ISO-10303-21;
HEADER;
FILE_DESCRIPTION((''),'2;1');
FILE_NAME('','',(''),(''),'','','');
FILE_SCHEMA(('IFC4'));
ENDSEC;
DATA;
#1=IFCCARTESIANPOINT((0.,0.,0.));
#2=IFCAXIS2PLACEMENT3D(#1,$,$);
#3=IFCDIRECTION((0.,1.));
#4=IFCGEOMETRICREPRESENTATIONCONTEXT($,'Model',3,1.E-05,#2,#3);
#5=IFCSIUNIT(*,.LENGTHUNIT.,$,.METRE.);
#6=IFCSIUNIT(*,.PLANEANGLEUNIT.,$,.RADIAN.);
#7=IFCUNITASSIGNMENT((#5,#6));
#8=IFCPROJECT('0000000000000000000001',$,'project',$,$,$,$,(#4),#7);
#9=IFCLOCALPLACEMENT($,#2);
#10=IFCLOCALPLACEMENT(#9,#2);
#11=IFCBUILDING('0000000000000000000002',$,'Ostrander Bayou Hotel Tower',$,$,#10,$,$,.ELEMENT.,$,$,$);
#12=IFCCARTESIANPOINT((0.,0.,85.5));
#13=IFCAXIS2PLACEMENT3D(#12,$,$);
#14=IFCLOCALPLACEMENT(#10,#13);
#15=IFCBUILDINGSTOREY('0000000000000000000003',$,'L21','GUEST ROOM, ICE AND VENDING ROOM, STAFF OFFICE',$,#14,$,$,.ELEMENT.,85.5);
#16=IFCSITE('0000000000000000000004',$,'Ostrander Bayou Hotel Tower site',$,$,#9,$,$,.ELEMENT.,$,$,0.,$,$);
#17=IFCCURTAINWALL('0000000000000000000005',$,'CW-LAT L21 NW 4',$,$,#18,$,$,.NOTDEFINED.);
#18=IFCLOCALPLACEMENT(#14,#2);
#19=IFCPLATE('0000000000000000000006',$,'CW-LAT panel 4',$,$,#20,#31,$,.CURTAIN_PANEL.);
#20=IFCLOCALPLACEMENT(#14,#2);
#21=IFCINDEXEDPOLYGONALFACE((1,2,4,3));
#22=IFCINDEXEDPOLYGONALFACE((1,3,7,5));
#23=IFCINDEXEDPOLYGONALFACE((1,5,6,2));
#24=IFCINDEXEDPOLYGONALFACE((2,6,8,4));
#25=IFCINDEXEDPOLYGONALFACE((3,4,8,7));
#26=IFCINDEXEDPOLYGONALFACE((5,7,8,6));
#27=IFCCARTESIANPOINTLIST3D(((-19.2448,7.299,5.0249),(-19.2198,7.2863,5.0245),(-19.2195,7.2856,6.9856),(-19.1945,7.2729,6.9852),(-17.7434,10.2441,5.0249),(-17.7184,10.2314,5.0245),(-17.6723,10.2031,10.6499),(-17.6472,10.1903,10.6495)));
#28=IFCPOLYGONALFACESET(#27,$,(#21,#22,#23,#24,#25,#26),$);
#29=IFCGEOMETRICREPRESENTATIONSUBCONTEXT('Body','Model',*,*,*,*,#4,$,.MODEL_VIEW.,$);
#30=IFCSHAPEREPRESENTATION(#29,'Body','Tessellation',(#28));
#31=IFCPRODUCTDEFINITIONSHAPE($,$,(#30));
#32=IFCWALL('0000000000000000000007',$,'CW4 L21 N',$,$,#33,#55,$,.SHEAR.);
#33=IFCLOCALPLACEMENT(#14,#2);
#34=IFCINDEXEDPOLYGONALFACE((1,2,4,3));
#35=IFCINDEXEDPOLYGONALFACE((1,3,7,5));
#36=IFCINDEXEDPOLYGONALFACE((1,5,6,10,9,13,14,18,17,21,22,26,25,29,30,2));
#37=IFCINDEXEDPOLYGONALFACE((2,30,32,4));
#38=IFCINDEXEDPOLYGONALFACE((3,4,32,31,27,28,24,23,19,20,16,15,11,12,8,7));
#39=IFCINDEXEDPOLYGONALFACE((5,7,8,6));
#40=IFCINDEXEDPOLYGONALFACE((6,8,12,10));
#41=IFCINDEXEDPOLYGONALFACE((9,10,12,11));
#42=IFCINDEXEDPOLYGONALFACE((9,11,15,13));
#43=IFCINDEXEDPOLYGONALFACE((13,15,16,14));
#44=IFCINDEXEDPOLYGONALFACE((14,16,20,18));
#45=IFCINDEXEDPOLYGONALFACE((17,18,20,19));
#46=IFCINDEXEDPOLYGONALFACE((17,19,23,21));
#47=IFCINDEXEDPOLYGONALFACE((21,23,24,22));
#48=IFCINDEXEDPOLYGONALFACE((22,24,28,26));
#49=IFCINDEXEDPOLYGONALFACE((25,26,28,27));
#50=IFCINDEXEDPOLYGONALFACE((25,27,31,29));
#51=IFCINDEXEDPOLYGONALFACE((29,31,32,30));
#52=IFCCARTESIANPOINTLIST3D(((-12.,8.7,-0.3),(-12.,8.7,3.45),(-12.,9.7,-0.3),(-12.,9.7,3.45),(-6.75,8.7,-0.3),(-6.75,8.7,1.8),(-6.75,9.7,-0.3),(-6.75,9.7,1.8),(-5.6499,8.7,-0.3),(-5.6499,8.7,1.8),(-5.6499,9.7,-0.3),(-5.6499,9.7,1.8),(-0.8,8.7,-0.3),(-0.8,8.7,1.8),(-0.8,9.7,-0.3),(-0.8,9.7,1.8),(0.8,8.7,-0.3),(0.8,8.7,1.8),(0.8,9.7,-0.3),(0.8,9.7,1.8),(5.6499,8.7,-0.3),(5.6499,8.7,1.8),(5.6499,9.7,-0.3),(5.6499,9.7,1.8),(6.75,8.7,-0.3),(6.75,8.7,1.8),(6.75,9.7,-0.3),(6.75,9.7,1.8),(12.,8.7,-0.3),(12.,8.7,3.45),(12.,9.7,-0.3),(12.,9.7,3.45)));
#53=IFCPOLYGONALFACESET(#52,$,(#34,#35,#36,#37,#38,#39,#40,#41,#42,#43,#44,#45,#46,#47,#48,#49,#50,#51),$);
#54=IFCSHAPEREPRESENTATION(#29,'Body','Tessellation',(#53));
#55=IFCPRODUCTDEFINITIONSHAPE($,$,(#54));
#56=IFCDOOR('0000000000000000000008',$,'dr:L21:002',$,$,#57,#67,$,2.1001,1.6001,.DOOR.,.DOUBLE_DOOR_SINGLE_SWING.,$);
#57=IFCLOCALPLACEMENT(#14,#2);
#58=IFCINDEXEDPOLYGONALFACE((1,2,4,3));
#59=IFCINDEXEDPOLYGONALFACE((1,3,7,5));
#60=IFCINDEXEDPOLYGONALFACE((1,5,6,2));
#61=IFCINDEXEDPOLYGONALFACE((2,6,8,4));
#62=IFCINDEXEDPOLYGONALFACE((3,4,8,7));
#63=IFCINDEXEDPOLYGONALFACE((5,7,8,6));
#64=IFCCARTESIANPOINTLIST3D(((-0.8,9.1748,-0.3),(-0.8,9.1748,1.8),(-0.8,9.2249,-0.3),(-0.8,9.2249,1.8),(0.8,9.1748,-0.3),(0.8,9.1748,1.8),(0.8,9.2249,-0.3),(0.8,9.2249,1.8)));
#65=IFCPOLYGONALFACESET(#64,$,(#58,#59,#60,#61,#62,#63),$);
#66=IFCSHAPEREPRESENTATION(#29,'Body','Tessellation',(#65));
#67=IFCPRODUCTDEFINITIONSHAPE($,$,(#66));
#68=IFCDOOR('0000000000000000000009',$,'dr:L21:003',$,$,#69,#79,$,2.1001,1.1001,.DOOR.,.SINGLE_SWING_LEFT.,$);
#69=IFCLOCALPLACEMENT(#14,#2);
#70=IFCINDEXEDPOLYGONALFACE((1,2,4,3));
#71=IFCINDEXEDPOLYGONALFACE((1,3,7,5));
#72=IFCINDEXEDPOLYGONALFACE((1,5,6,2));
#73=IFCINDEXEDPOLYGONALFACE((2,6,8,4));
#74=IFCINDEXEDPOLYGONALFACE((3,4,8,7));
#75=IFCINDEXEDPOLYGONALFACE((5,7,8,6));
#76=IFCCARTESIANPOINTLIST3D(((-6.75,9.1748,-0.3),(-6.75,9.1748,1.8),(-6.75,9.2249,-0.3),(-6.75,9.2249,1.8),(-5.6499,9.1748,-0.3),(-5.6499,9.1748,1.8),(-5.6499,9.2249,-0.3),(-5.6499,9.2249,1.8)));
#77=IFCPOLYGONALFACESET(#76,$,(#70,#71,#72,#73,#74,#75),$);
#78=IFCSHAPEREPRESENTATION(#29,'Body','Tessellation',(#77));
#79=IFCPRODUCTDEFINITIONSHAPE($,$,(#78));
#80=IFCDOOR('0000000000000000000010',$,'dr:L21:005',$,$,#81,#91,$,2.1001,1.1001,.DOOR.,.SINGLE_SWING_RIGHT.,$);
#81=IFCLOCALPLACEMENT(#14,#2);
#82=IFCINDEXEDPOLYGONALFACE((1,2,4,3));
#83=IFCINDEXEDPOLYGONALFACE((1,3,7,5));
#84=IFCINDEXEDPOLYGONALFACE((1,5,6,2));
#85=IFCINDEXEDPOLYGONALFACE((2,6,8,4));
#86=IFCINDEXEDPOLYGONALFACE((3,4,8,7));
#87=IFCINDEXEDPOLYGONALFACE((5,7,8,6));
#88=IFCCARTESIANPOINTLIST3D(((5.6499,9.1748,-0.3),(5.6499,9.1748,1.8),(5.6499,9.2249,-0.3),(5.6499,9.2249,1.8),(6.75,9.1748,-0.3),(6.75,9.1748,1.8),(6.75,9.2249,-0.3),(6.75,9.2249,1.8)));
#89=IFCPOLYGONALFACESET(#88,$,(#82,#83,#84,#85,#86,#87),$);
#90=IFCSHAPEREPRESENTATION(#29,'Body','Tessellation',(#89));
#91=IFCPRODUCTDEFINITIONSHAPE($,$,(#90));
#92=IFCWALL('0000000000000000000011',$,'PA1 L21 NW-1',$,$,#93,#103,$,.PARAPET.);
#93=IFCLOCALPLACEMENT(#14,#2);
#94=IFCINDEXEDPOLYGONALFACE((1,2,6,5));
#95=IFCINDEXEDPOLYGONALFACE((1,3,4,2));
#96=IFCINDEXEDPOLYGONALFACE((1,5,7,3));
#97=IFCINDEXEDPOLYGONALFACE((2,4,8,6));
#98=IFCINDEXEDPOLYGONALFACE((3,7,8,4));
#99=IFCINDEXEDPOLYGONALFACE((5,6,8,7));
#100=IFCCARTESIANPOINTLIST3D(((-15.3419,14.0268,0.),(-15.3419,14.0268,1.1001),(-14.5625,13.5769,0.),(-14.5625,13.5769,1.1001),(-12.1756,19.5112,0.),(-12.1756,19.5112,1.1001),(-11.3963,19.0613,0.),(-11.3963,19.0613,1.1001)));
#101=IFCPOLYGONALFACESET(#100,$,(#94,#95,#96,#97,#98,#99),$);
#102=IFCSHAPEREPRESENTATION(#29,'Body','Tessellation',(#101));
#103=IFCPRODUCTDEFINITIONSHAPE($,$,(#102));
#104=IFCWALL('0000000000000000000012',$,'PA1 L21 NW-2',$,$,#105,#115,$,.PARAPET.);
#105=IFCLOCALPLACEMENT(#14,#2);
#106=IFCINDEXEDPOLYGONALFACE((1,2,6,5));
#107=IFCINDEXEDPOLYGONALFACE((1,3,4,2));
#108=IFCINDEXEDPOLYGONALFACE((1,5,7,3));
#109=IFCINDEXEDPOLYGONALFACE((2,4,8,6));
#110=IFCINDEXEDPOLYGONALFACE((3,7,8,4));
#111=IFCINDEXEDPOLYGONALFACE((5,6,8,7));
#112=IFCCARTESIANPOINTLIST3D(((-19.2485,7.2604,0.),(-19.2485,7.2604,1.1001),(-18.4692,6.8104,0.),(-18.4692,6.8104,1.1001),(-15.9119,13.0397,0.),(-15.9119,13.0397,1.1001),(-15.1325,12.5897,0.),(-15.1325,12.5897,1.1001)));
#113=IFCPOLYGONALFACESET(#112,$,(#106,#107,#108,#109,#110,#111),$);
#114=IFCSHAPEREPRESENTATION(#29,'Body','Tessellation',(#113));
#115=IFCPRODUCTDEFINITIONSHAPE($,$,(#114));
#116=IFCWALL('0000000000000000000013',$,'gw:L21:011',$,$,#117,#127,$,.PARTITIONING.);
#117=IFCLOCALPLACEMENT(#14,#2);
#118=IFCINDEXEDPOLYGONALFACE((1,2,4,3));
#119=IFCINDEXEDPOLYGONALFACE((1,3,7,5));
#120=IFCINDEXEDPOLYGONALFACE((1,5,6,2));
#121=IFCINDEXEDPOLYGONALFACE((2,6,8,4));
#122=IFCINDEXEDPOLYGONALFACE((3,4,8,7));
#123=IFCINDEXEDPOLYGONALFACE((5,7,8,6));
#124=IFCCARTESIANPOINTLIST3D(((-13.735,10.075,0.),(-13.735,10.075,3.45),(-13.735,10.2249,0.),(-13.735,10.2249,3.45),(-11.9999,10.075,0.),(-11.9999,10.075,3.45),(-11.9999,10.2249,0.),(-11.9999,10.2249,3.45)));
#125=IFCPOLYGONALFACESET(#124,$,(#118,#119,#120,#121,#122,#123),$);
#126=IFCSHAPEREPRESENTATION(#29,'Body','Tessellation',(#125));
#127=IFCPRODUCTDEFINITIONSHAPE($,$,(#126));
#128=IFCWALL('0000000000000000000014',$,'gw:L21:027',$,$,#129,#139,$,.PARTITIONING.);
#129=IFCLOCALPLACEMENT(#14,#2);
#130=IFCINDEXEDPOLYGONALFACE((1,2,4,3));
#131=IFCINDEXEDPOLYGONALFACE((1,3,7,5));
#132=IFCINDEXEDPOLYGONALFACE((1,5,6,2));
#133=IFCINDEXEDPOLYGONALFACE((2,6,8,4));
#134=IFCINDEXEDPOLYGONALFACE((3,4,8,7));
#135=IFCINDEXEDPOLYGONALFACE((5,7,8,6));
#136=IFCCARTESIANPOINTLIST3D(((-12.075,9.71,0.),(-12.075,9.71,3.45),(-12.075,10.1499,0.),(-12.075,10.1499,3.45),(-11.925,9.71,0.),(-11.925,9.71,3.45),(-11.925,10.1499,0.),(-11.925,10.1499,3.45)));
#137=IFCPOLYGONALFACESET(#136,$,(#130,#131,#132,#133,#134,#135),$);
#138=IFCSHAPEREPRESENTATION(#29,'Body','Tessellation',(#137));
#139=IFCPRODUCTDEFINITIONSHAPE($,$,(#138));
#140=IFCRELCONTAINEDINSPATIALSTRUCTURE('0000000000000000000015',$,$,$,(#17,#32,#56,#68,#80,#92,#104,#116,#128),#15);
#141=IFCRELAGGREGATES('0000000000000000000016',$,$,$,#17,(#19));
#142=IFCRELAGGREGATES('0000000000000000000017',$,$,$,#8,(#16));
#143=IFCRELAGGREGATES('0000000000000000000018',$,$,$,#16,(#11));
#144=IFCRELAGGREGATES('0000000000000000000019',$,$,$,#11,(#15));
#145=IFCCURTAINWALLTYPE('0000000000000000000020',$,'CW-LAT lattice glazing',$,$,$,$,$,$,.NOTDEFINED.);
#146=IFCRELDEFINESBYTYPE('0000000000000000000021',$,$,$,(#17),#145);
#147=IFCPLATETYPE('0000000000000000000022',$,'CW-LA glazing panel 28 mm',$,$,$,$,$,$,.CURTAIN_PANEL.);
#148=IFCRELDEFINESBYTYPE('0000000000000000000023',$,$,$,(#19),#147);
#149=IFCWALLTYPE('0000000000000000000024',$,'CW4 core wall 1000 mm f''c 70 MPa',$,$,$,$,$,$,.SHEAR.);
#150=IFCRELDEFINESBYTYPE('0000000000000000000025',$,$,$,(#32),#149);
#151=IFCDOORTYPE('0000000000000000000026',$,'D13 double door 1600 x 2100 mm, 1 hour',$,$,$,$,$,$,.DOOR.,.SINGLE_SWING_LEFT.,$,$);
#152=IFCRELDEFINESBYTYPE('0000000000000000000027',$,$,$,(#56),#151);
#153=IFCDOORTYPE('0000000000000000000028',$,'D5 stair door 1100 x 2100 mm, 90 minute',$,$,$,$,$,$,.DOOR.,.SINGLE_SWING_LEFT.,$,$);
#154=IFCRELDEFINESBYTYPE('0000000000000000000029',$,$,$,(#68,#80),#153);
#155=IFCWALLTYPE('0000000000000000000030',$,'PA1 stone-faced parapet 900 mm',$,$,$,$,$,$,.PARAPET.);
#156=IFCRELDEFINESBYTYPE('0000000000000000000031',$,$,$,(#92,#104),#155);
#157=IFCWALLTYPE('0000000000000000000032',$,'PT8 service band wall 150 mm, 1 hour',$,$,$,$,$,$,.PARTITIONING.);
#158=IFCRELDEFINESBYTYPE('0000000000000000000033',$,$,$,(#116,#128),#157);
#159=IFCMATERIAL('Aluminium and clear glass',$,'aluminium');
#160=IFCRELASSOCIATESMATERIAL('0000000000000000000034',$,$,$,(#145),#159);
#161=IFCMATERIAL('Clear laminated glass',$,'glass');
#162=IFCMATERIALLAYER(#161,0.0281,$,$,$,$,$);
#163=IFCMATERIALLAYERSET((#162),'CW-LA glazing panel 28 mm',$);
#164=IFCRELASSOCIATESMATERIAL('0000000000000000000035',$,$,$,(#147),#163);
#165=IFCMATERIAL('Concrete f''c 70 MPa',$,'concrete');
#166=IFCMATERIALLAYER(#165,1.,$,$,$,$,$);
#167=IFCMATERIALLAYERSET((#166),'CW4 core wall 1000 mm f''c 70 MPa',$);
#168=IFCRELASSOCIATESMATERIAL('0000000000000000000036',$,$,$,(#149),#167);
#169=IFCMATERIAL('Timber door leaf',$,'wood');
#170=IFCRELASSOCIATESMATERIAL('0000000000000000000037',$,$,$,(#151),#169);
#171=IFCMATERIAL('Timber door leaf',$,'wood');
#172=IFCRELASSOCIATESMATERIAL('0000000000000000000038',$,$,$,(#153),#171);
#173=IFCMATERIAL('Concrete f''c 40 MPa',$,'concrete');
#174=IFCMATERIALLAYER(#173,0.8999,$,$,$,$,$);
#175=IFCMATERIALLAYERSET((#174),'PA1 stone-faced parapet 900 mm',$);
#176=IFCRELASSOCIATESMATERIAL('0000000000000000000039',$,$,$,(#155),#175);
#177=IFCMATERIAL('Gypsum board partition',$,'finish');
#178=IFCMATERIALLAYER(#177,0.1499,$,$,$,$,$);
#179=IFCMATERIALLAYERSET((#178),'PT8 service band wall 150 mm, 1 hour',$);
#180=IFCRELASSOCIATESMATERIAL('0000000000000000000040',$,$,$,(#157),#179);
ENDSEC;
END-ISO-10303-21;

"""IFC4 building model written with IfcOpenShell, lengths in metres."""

from ifc_helpers import new_model, si_unit, direction, frame, frame_2d, origin, place, context, subcontext, project, spatial, polyline, rectangle, outline, extrude, material, layer, layer_set, type_object, element, fill, aggregate, save


model = new_model("IFC4")

# Units and contexts
model_context = context("Model", 3, precision=1e-05, world=origin(), true_north=direction((0.0, 1.0)))
body_context = subcontext(model_context, "Body", "Model", "MODEL_VIEW")
ifc_project = project(units=[si_unit("LENGTHUNIT", "METRE"), si_unit("PLANEANGLEUNIT", "RADIAN")], contexts=[model_context])

# Site, building, storey
site_placement = place(None, origin())
site = spatial("IfcSite", under=ifc_project, at=site_placement, Name="Ostrander Bayou Hotel Tower site", CompositionType="ELEMENT", RefElevation=0.0)
building_placement = place(site_placement, origin())
building = spatial("IfcBuilding", under=site, at=building_placement, Name="Ostrander Bayou Hotel Tower", CompositionType="ELEMENT")
storey_placement = place(building_placement, frame((0.0, 0.0, 85.5)))
storey = spatial("IfcBuildingStorey", under=building, at=storey_placement, Name="L21", Description="GUEST ROOM, ICE AND VENDING ROOM, STAFF OFFICE", CompositionType="ELEMENT", Elevation=85.5)

# Shared definitions
ifc_material_1 = material(Name="Aluminium and clear glass", Category="aluminium")
curtain_wall_type = type_object("IfcCurtainWallType", Name="CW-LAT lattice glazing", PredefinedType="NOTDEFINED", material=ifc_material_1)

# Shared definitions
ifc_material_2 = material(Name="Clear laminated glass", Category="glass")
ifc_layer_1 = layer(ifc_material_2, 0.0281)
ifc_layer_set_1 = layer_set([ifc_layer_1], Name="CW-LA glazing panel 28 mm")
plate_type = type_object("IfcPlateType", Name="CW-LA glazing panel 28 mm", PredefinedType="CURTAIN_PANEL", material=ifc_layer_set_1)

# Curtain wall, plate
curtain_wall_1_placement = place(storey_placement, origin())
curtain_wall_1 = element("IfcCurtainWall", 1, at=curtain_wall_1_placement, inside=storey, type_object=curtain_wall_type, Name="CW-LAT L21 NW 4", PredefinedType="NOTDEFINED")
plate_1_placement = place(storey_placement, frame((-19.2195, 7.2856, 6.9856), z_axis=(-0.890821, 0.45412, 0.014584), x_axis=(0.313662, 0.591435, 0.742846)))
plate_1 = element("IfcPlate", 2, at=plate_1_placement, type_object=plate_type, Name="CW-LAT panel 4", PredefinedType="CURTAIN_PANEL", context=body_context, shape_type="SweptSolid", body=[
    extrude(outline(polyline([(0.0, 0.0), (4.9328, 0.0), (0.7563, 3.7688), (-1.4565, 1.3129), (0.0, 0.0)])), origin(), (0.0, 0.0, -1.0), 0.0281),
])
aggregate(curtain_wall_1, [plate_1])

# Wall, openings, doors
ifc_material_3 = material(Name="Concrete f'c 70 MPa", Category="concrete")
ifc_layer_2 = layer(ifc_material_3, 1.0)
ifc_layer_set_2 = layer_set([ifc_layer_2], Name="CW4 core wall 1000 mm f'c 70 MPa")
wall_type_1 = type_object("IfcWallType", Name="CW4 core wall 1000 mm f'c 70 MPa", PredefinedType="SHEAR", material=ifc_layer_set_2)
wall_1_placement = place(storey_placement, frame((-12.0, 9.2, -0.3), z_axis=(0.0, 0.0, 1.0), x_axis=(1.0, 0.0, 0.0)))
wall_1 = element("IfcWall", 3, at=wall_1_placement, inside=storey, type_object=wall_type_1, Name="CW4 L21 N", PredefinedType="SHEAR", context=body_context, shape_type="SweptSolid", body=[
    extrude(rectangle(XDim=24.0, YDim=1.0, at=frame_2d((12.0, 0.0))), origin(), (0.0, 0.0, 1.0), 3.75),
])
opening_1_placement = place(wall_1_placement, frame((11.2, 0.0, 0.0)))
opening_1 = element("IfcOpeningElement", 4, at=opening_1_placement, cuts=wall_1, PredefinedType="OPENING", context=body_context, shape_type="SweptSolid", body=[
    extrude(rectangle(XDim=1.6001, YDim=2.1001, at=frame_2d((0.8, 1.05))), frame((0.0, 0.5, 0.0), z_axis=(0.0, -1.0, 0.0), x_axis=(1.0, 0.0, 0.0)), (0.0, 0.0, 1.0), 1.0),
])
opening_2_placement = place(wall_1_placement, frame((5.25, 0.0, 0.0)))
opening_2 = element("IfcOpeningElement", 5, at=opening_2_placement, cuts=wall_1, PredefinedType="OPENING", context=body_context, shape_type="SweptSolid", body=[
    extrude(rectangle(XDim=1.1001, YDim=2.1001, at=frame_2d((0.55, 1.05))), frame((0.0, 0.5, 0.0), z_axis=(0.0, -1.0, 0.0), x_axis=(1.0, 0.0, 0.0)), (0.0, 0.0, 1.0), 1.0),
])
opening_3_placement = place(wall_1_placement, frame((17.6499, 0.0, 0.0)))
opening_3 = element("IfcOpeningElement", 6, at=opening_3_placement, cuts=wall_1, PredefinedType="OPENING", context=body_context, shape_type="SweptSolid", body=[
    extrude(rectangle(XDim=1.1001, YDim=2.1001, at=frame_2d((0.55, 1.05))), frame((0.0, 0.5, 0.0), z_axis=(0.0, -1.0, 0.0), x_axis=(1.0, 0.0, 0.0)), (0.0, 0.0, 1.0), 1.0),
])
ifc_material_4 = material(Name="Timber door leaf", Category="wood")
door_type_1 = type_object("IfcDoorType", Name="D13 double door 1600 x 2100 mm, 1 hour", OperationType="SINGLE_SWING_LEFT", PredefinedType="DOOR", material=ifc_material_4)
door_1_placement = place(opening_1_placement, origin())
door_1 = element("IfcDoor", 7, at=door_1_placement, inside=storey, type_object=door_type_1, Name="dr:L21:002", OperationType="DOUBLE_DOOR_SINGLE_SWING", OverallHeight=2.1001, OverallWidth=1.6001, PredefinedType="DOOR", context=body_context, shape_type="SweptSolid", body=[
    extrude(rectangle(XDim=1.6001, YDim=2.1001, at=frame_2d((0.8, 1.05))), frame((0.0, 0.0249, 0.0), z_axis=(0.0, -1.0, 0.0), x_axis=(1.0, 0.0, 0.0)), (0.0, 0.0, 1.0), 0.05),
])
fill(opening_1, door_1)
ifc_material_5 = material(Name="Timber door leaf", Category="wood")
door_type_2 = type_object("IfcDoorType", Name="D5 stair door 1100 x 2100 mm, 90 minute", OperationType="SINGLE_SWING_LEFT", PredefinedType="DOOR", material=ifc_material_5)
door_2_placement = place(opening_2_placement, origin())
door_2 = element("IfcDoor", 8, at=door_2_placement, inside=storey, type_object=door_type_2, Name="dr:L21:003", OperationType="SINGLE_SWING_LEFT", OverallHeight=2.1001, OverallWidth=1.1001, PredefinedType="DOOR", context=body_context, shape_type="SweptSolid", body=[
    extrude(rectangle(XDim=1.1001, YDim=2.1001, at=frame_2d((0.55, 1.05))), frame((0.0, 0.0249, 0.0), z_axis=(0.0, -1.0, 0.0), x_axis=(1.0, 0.0, 0.0)), (0.0, 0.0, 1.0), 0.05),
])
fill(opening_2, door_2)
door_3_placement = place(opening_3_placement, origin())
door_3 = element("IfcDoor", 9, at=door_3_placement, inside=storey, type_object=door_type_2, Name="dr:L21:005", OperationType="SINGLE_SWING_RIGHT", OverallHeight=2.1001, OverallWidth=1.1001, PredefinedType="DOOR", context=body_context, shape_type="SweptSolid", body=[
    extrude(rectangle(XDim=1.1001, YDim=2.1001, at=frame_2d((0.55, 1.05))), frame((0.0, 0.0249, 0.0), z_axis=(0.0, -1.0, 0.0), x_axis=(1.0, 0.0, 0.0)), (0.0, 0.0, 1.0), 0.05),
])
fill(opening_3, door_3)

# Walls
ifc_material_6 = material(Name="Concrete f'c 40 MPa", Category="concrete")
ifc_layer_3 = layer(ifc_material_6, 0.8999)
ifc_layer_set_3 = layer_set([ifc_layer_3], Name="PA1 stone-faced parapet 900 mm")
wall_type_2 = type_object("IfcWallType", Name="PA1 stone-faced parapet 900 mm", PredefinedType="PARAPET", material=ifc_layer_set_3)
wall_2_placement = place(storey_placement, frame((-11.7859, 19.2864, 0.0), z_axis=(0.0, 0.0, 1.0), x_axis=(-0.499983, -0.866035, 0.0)))
element("IfcWall", 10, at=wall_2_placement, inside=storey, type_object=wall_type_2, Name="PA1 L21 NW-1", PredefinedType="PARAPET", context=body_context, shape_type="SweptSolid", body=[
    extrude(rectangle(XDim=6.3328, YDim=0.8999, at=frame_2d((3.1665, 0.0))), origin(), (0.0, 0.0, 1.0), 1.1001),
])
wall_3_placement = place(storey_placement, frame((-15.5222, 12.8147, 0.0), z_axis=(0.0, 0.0, 1.0), x_axis=(-0.499999, -0.866026, 0.0)))
element("IfcWall", 11, at=wall_3_placement, inside=storey, type_object=wall_type_2, Name="PA1 L21 NW-2", PredefinedType="PARAPET", context=body_context, shape_type="SweptSolid", body=[
    extrude(rectangle(XDim=6.6733, YDim=0.8999, at=frame_2d((3.3367, 0.0))), origin(), (0.0, 0.0, 1.0), 1.1001),
])
ifc_material_7 = material(Name="Gypsum board partition", Category="finish")
ifc_layer_4 = layer(ifc_material_7, 0.1499)
ifc_layer_set_4 = layer_set([ifc_layer_4], Name="PT8 service band wall 150 mm, 1 hour")
wall_type_3 = type_object("IfcWallType", Name="PT8 service band wall 150 mm, 1 hour", PredefinedType="PARTITIONING", material=ifc_layer_set_4)
wall_4_placement = place(storey_placement, frame((-13.7351, 10.1499, 0.0), z_axis=(0.0, 0.0, 1.0), x_axis=(1.0, 0.0, 0.0)))
element("IfcWall", 12, at=wall_4_placement, inside=storey, type_object=wall_type_3, Name="gw:L21:011", PredefinedType="PARTITIONING", context=body_context, shape_type="SweptSolid", body=[
    extrude(rectangle(XDim=1.7351, YDim=0.1499, at=frame_2d((0.8677, 0.0))), origin(), (0.0, 0.0, 1.0), 3.45),
])
wall_5_placement = place(storey_placement, frame((-12.0, 9.71, 0.0), z_axis=(0.0, 0.0, 1.0), x_axis=(0.0, 1.0, 0.0)))
element("IfcWall", 13, at=wall_5_placement, inside=storey, type_object=wall_type_3, Name="gw:L21:027", PredefinedType="PARTITIONING", context=body_context, shape_type="SweptSolid", body=[
    extrude(rectangle(XDim=0.4399, YDim=0.1499, at=frame_2d((0.22, 0.0))), origin(), (0.0, 0.0, 1.0), 3.45),
])

save(model, "model.ifc")
